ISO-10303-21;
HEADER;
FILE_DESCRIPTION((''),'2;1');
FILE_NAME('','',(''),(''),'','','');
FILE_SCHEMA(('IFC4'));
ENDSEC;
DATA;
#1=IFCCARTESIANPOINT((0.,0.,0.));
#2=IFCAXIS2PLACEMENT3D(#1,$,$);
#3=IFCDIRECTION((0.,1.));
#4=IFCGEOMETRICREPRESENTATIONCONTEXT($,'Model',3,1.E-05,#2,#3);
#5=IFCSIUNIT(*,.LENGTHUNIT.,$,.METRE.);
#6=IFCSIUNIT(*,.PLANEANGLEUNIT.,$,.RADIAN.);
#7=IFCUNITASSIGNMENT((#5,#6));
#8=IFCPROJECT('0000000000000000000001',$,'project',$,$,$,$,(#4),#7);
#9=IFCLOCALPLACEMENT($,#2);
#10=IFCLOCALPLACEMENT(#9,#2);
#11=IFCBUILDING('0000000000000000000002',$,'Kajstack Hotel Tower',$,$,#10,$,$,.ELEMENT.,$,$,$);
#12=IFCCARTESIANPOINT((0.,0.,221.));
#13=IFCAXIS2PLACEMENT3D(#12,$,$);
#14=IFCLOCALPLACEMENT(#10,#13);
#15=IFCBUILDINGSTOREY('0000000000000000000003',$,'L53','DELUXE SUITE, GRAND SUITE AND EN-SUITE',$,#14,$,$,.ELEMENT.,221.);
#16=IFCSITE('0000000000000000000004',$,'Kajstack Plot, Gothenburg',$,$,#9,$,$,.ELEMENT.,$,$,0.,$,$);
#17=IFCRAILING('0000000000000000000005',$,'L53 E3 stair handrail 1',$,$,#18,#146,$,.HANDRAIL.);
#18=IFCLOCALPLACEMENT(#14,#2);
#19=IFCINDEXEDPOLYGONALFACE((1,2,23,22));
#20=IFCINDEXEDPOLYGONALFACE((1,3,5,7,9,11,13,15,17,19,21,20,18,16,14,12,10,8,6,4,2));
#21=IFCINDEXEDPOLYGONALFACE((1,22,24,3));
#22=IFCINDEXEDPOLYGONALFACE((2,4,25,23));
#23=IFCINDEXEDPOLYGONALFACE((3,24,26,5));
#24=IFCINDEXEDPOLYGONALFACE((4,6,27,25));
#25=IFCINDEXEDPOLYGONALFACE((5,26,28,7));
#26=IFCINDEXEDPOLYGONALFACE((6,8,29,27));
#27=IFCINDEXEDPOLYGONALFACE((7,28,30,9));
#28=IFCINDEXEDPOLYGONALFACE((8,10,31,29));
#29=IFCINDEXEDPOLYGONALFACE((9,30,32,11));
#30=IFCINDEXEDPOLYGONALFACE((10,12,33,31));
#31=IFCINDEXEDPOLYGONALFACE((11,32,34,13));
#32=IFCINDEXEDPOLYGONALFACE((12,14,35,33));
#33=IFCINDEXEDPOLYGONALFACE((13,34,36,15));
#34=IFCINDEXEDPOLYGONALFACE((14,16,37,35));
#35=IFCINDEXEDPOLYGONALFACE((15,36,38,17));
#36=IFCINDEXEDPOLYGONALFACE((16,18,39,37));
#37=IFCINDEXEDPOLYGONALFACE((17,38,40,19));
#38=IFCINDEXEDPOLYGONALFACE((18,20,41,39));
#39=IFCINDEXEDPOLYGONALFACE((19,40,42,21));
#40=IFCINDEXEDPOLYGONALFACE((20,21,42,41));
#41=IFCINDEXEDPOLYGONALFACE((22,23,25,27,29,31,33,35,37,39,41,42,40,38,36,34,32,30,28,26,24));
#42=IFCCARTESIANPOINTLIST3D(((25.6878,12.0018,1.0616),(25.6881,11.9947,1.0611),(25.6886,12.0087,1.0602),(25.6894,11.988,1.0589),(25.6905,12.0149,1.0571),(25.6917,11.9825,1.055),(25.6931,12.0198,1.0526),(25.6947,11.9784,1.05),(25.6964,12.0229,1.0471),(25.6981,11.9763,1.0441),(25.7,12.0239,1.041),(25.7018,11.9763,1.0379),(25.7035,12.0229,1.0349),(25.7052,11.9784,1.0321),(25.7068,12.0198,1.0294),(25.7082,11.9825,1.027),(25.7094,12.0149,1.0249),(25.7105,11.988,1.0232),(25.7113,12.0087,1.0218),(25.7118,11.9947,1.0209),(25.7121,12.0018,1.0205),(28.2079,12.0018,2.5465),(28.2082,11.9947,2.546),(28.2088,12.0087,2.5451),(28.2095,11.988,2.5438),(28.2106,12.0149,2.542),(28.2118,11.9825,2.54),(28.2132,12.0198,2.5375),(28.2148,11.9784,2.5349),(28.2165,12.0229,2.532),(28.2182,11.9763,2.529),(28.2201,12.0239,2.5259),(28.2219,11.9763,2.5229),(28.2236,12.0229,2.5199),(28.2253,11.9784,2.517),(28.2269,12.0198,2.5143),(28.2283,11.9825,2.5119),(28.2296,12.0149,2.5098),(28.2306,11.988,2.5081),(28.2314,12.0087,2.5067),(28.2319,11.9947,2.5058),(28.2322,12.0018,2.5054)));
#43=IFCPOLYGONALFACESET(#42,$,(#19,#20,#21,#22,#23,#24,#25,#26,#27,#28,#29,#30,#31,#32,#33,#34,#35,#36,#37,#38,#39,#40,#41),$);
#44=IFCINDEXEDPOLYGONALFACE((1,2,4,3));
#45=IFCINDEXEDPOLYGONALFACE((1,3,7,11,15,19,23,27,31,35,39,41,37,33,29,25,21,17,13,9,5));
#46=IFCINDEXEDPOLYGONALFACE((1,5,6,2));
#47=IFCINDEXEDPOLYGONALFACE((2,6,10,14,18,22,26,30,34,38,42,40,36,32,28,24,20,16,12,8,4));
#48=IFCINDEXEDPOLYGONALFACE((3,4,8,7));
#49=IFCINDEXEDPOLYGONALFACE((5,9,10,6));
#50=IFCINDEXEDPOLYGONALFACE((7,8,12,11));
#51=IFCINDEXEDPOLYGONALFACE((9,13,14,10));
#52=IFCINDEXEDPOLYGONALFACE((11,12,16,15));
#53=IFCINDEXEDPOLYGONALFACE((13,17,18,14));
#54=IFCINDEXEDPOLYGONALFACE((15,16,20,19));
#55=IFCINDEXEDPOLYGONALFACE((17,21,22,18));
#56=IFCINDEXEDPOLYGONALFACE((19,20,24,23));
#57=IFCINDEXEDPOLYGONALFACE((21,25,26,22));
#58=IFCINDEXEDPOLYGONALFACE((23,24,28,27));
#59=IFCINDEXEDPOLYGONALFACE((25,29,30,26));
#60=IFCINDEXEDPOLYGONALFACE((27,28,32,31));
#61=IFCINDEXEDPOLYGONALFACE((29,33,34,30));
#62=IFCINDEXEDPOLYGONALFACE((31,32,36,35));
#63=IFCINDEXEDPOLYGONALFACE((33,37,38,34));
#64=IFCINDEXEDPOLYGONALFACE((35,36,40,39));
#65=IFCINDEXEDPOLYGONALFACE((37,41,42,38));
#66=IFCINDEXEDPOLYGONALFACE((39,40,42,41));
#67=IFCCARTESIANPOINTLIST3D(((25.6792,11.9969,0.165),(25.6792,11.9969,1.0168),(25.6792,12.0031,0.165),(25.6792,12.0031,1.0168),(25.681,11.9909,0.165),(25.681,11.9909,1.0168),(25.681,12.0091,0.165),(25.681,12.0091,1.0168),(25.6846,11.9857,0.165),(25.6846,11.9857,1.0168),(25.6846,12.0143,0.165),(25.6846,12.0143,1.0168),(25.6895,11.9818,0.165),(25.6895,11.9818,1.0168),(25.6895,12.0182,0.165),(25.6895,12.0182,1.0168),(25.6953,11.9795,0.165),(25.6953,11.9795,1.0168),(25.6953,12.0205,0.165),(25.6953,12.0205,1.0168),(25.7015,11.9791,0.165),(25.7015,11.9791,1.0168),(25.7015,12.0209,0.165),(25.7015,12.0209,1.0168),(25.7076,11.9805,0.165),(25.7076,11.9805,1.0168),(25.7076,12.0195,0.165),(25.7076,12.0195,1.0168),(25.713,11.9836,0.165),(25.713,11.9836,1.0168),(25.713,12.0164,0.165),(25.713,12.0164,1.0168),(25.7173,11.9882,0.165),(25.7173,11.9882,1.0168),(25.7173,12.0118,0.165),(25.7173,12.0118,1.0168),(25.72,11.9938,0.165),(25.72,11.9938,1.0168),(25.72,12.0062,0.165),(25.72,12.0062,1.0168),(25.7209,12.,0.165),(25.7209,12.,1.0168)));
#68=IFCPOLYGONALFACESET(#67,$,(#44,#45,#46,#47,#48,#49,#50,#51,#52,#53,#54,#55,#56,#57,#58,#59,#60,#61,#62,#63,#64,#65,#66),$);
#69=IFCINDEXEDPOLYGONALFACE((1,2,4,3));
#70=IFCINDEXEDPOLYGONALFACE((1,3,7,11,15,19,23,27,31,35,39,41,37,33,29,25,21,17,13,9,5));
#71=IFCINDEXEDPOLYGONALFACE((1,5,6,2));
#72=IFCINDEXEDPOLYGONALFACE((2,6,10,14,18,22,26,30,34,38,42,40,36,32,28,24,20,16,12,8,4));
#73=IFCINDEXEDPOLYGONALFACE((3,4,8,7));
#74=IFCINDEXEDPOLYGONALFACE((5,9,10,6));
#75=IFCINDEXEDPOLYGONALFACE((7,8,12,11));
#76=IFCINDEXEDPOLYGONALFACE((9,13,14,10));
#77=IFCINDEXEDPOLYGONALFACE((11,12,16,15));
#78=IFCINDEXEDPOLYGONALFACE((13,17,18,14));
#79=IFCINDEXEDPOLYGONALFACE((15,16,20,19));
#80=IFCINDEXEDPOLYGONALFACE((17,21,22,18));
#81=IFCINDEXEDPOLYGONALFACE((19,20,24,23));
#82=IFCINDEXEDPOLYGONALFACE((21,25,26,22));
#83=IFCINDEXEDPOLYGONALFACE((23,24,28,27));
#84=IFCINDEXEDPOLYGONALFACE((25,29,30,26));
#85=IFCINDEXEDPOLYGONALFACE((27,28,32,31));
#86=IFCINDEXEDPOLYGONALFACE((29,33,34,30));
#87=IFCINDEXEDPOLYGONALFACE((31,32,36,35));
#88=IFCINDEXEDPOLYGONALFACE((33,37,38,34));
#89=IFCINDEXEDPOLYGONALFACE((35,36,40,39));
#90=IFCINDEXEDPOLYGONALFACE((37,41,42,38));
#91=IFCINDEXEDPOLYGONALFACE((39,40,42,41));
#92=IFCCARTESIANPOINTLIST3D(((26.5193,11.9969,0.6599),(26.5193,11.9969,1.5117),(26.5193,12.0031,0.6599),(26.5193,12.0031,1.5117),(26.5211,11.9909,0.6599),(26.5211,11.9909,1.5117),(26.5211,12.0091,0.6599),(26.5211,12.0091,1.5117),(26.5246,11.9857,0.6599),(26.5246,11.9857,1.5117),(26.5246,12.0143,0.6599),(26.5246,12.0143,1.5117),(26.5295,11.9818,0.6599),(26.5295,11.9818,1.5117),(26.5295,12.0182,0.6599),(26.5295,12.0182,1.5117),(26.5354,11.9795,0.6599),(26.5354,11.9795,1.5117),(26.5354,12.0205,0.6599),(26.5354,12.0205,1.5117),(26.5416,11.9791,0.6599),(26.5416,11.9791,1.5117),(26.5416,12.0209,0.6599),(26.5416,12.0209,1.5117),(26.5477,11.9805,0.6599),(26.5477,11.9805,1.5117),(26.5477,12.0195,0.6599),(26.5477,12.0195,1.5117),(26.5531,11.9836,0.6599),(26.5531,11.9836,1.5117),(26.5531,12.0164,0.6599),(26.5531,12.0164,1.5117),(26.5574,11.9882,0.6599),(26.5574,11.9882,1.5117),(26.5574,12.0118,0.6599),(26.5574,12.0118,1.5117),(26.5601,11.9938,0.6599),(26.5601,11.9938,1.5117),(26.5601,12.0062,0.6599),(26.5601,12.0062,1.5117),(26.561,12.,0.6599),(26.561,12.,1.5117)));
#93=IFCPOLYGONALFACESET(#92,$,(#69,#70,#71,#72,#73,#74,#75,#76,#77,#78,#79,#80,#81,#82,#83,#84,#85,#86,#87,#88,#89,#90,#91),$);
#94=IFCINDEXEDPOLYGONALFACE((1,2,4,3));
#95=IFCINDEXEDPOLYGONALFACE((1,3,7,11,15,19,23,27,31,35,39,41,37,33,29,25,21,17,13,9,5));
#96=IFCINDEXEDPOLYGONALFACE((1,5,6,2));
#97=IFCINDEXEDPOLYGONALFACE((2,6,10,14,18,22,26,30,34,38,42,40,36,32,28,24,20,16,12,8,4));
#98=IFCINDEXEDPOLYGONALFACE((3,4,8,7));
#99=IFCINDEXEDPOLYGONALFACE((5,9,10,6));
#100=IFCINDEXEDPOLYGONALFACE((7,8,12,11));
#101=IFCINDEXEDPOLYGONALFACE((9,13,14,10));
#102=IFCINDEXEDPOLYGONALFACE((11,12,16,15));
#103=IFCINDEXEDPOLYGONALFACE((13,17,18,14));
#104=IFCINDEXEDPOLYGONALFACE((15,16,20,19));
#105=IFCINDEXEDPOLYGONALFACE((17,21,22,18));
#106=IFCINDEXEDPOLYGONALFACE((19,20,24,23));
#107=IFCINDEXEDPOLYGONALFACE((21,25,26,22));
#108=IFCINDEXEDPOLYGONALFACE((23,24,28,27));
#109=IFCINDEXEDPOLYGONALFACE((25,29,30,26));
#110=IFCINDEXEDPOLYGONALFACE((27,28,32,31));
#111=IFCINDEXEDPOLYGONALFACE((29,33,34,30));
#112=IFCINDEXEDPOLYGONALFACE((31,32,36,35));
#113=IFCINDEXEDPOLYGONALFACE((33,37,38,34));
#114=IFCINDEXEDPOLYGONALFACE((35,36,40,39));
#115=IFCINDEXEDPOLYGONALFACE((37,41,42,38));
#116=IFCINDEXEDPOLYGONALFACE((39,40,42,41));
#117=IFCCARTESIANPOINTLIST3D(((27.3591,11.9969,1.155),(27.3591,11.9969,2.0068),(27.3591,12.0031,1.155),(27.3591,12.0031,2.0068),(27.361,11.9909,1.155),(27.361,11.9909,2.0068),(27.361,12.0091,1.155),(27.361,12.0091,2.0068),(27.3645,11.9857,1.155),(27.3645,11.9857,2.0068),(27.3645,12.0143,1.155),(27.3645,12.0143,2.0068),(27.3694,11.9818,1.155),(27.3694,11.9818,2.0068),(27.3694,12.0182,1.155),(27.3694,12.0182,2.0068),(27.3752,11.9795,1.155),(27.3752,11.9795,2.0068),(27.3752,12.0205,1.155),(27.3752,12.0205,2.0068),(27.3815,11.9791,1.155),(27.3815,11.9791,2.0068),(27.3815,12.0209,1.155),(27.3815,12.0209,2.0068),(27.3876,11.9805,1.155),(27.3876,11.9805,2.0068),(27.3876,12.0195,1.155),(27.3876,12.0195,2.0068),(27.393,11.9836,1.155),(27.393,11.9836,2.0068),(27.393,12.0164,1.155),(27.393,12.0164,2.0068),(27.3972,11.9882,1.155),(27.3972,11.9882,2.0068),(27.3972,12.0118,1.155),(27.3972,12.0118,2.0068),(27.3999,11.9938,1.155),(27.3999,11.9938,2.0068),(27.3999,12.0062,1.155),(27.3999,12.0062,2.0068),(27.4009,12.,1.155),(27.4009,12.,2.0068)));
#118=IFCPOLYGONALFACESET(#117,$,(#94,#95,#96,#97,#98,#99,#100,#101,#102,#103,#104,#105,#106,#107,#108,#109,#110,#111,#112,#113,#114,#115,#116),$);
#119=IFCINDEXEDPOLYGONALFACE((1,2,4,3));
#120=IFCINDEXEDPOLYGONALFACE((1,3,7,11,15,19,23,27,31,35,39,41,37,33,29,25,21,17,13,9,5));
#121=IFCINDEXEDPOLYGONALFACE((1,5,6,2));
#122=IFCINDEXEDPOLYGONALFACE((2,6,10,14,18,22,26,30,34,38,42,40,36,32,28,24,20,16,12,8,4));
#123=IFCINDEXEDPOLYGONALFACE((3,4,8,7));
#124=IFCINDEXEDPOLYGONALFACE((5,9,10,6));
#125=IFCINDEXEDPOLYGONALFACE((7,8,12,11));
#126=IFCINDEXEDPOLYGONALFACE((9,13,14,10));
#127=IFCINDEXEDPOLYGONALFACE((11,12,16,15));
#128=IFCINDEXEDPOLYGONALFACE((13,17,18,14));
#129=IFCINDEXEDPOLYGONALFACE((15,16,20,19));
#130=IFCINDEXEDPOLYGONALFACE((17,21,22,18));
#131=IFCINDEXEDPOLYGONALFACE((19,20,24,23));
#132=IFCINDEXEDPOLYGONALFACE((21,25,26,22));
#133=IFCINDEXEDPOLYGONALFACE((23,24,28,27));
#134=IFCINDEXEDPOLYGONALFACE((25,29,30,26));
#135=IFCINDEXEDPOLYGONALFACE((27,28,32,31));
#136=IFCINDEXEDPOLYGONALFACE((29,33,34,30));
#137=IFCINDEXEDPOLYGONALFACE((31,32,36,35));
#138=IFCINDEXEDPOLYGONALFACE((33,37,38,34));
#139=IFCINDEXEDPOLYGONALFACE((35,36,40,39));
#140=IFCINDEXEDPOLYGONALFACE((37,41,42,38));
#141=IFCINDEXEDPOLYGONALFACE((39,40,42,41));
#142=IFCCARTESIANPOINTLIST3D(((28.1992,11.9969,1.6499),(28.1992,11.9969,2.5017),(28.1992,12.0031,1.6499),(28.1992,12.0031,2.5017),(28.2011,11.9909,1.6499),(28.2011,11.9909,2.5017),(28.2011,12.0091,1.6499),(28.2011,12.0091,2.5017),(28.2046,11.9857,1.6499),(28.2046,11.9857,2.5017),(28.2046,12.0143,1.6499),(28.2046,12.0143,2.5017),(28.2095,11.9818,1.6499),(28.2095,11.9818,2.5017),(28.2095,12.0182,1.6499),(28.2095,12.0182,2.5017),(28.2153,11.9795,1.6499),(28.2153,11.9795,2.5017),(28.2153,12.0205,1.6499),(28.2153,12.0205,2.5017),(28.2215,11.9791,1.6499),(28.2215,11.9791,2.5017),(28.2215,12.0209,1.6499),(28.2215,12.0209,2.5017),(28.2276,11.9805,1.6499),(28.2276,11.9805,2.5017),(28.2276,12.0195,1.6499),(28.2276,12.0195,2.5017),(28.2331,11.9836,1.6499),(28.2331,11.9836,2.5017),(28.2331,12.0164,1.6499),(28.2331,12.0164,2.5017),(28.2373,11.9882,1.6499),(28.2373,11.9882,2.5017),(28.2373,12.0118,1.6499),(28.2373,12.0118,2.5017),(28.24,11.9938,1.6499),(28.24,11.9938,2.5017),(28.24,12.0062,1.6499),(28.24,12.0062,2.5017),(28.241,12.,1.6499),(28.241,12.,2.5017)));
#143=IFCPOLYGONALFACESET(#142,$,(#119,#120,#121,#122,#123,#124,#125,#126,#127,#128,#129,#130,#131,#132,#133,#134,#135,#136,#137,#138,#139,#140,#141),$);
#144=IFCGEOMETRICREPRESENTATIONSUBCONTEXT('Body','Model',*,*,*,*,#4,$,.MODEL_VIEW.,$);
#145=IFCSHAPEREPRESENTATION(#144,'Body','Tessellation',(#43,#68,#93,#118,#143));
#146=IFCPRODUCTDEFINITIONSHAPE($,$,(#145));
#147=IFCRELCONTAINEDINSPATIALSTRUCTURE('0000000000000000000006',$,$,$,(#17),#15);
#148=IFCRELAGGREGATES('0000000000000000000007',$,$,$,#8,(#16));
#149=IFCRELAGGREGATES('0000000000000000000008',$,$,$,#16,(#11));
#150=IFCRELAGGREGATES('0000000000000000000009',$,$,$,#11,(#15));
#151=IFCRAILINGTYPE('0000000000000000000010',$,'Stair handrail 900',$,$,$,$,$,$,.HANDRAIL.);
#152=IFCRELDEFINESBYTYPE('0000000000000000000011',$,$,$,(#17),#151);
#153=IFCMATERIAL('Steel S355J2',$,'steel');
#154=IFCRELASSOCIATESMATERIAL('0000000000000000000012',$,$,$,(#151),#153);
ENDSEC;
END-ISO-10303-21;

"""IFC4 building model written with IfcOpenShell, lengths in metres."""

from ifc_helpers import new_model, si_unit, direction, frame, origin, origin_2d, place, context, subcontext, project, spatial, circle, extrude, material, type_object, element, save


model = new_model("IFC4")

# Units and contexts
model_context = context("Model", 3, precision=1e-05, world=origin(), true_north=direction((0.0, 1.0)))
body_context = subcontext(model_context, "Body", "Model", "MODEL_VIEW")
ifc_project = project(units=[si_unit("LENGTHUNIT", "METRE"), si_unit("PLANEANGLEUNIT", "RADIAN")], contexts=[model_context])

# Site, building, storey
site_placement = place(None, origin())
site = spatial("IfcSite", under=ifc_project, at=site_placement, Name="Kajstack Plot, Gothenburg", CompositionType="ELEMENT", RefElevation=0.0)
building_placement = place(site_placement, origin())
building = spatial("IfcBuilding", under=site, at=building_placement, Name="Kajstack Hotel Tower", CompositionType="ELEMENT")
storey_placement = place(building_placement, frame((0.0, 0.0, 221.0)))
storey = spatial("IfcBuildingStorey", under=building, at=storey_placement, Name="L53", Description="DELUXE SUITE, GRAND SUITE AND EN-SUITE", CompositionType="ELEMENT", Elevation=221.0)

# Railing
ifc_material_1 = material(Name="Steel S355J2", Category="steel")
railing_type_1 = type_object("IfcRailingType", Name="Stair handrail 900", PredefinedType="HANDRAIL", material=ifc_material_1)
railing_1_placement = place(storey_placement, frame((25.7, 12.0, 0.165)))
element("IfcRailing", 1, at=railing_1_placement, inside=storey, type_object=railing_type_1, Name="L53 E3 stair handrail 1", PredefinedType="HANDRAIL", context=body_context, shape_type="SweptSolid", body=[
    extrude(circle(Radius=0.0239, at=origin_2d()), frame((0.0, 0.0, 0.876), z_axis=(0.861561, 0.0, 0.507655), x_axis=(0.0, 1.0, 0.0)), (0.0, 0.0, 1.0), 2.925),
    extrude(circle(Radius=0.021, at=origin_2d()), origin(), (0.0, 0.0, 1.0), 0.8518),
    extrude(circle(Radius=0.021, at=origin_2d()), frame((0.8401, 0.0, 0.4949)), (0.0, 0.0, 1.0), 0.8518),
    extrude(circle(Radius=0.021, at=origin_2d()), frame((1.6799, 0.0, 0.99)), (0.0, 0.0, 1.0), 0.8518),
    extrude(circle(Radius=0.021, at=origin_2d()), frame((2.52, 0.0, 1.4849)), (0.0, 0.0, 1.0), 0.8518),
])

save(model, "model.ifc")
